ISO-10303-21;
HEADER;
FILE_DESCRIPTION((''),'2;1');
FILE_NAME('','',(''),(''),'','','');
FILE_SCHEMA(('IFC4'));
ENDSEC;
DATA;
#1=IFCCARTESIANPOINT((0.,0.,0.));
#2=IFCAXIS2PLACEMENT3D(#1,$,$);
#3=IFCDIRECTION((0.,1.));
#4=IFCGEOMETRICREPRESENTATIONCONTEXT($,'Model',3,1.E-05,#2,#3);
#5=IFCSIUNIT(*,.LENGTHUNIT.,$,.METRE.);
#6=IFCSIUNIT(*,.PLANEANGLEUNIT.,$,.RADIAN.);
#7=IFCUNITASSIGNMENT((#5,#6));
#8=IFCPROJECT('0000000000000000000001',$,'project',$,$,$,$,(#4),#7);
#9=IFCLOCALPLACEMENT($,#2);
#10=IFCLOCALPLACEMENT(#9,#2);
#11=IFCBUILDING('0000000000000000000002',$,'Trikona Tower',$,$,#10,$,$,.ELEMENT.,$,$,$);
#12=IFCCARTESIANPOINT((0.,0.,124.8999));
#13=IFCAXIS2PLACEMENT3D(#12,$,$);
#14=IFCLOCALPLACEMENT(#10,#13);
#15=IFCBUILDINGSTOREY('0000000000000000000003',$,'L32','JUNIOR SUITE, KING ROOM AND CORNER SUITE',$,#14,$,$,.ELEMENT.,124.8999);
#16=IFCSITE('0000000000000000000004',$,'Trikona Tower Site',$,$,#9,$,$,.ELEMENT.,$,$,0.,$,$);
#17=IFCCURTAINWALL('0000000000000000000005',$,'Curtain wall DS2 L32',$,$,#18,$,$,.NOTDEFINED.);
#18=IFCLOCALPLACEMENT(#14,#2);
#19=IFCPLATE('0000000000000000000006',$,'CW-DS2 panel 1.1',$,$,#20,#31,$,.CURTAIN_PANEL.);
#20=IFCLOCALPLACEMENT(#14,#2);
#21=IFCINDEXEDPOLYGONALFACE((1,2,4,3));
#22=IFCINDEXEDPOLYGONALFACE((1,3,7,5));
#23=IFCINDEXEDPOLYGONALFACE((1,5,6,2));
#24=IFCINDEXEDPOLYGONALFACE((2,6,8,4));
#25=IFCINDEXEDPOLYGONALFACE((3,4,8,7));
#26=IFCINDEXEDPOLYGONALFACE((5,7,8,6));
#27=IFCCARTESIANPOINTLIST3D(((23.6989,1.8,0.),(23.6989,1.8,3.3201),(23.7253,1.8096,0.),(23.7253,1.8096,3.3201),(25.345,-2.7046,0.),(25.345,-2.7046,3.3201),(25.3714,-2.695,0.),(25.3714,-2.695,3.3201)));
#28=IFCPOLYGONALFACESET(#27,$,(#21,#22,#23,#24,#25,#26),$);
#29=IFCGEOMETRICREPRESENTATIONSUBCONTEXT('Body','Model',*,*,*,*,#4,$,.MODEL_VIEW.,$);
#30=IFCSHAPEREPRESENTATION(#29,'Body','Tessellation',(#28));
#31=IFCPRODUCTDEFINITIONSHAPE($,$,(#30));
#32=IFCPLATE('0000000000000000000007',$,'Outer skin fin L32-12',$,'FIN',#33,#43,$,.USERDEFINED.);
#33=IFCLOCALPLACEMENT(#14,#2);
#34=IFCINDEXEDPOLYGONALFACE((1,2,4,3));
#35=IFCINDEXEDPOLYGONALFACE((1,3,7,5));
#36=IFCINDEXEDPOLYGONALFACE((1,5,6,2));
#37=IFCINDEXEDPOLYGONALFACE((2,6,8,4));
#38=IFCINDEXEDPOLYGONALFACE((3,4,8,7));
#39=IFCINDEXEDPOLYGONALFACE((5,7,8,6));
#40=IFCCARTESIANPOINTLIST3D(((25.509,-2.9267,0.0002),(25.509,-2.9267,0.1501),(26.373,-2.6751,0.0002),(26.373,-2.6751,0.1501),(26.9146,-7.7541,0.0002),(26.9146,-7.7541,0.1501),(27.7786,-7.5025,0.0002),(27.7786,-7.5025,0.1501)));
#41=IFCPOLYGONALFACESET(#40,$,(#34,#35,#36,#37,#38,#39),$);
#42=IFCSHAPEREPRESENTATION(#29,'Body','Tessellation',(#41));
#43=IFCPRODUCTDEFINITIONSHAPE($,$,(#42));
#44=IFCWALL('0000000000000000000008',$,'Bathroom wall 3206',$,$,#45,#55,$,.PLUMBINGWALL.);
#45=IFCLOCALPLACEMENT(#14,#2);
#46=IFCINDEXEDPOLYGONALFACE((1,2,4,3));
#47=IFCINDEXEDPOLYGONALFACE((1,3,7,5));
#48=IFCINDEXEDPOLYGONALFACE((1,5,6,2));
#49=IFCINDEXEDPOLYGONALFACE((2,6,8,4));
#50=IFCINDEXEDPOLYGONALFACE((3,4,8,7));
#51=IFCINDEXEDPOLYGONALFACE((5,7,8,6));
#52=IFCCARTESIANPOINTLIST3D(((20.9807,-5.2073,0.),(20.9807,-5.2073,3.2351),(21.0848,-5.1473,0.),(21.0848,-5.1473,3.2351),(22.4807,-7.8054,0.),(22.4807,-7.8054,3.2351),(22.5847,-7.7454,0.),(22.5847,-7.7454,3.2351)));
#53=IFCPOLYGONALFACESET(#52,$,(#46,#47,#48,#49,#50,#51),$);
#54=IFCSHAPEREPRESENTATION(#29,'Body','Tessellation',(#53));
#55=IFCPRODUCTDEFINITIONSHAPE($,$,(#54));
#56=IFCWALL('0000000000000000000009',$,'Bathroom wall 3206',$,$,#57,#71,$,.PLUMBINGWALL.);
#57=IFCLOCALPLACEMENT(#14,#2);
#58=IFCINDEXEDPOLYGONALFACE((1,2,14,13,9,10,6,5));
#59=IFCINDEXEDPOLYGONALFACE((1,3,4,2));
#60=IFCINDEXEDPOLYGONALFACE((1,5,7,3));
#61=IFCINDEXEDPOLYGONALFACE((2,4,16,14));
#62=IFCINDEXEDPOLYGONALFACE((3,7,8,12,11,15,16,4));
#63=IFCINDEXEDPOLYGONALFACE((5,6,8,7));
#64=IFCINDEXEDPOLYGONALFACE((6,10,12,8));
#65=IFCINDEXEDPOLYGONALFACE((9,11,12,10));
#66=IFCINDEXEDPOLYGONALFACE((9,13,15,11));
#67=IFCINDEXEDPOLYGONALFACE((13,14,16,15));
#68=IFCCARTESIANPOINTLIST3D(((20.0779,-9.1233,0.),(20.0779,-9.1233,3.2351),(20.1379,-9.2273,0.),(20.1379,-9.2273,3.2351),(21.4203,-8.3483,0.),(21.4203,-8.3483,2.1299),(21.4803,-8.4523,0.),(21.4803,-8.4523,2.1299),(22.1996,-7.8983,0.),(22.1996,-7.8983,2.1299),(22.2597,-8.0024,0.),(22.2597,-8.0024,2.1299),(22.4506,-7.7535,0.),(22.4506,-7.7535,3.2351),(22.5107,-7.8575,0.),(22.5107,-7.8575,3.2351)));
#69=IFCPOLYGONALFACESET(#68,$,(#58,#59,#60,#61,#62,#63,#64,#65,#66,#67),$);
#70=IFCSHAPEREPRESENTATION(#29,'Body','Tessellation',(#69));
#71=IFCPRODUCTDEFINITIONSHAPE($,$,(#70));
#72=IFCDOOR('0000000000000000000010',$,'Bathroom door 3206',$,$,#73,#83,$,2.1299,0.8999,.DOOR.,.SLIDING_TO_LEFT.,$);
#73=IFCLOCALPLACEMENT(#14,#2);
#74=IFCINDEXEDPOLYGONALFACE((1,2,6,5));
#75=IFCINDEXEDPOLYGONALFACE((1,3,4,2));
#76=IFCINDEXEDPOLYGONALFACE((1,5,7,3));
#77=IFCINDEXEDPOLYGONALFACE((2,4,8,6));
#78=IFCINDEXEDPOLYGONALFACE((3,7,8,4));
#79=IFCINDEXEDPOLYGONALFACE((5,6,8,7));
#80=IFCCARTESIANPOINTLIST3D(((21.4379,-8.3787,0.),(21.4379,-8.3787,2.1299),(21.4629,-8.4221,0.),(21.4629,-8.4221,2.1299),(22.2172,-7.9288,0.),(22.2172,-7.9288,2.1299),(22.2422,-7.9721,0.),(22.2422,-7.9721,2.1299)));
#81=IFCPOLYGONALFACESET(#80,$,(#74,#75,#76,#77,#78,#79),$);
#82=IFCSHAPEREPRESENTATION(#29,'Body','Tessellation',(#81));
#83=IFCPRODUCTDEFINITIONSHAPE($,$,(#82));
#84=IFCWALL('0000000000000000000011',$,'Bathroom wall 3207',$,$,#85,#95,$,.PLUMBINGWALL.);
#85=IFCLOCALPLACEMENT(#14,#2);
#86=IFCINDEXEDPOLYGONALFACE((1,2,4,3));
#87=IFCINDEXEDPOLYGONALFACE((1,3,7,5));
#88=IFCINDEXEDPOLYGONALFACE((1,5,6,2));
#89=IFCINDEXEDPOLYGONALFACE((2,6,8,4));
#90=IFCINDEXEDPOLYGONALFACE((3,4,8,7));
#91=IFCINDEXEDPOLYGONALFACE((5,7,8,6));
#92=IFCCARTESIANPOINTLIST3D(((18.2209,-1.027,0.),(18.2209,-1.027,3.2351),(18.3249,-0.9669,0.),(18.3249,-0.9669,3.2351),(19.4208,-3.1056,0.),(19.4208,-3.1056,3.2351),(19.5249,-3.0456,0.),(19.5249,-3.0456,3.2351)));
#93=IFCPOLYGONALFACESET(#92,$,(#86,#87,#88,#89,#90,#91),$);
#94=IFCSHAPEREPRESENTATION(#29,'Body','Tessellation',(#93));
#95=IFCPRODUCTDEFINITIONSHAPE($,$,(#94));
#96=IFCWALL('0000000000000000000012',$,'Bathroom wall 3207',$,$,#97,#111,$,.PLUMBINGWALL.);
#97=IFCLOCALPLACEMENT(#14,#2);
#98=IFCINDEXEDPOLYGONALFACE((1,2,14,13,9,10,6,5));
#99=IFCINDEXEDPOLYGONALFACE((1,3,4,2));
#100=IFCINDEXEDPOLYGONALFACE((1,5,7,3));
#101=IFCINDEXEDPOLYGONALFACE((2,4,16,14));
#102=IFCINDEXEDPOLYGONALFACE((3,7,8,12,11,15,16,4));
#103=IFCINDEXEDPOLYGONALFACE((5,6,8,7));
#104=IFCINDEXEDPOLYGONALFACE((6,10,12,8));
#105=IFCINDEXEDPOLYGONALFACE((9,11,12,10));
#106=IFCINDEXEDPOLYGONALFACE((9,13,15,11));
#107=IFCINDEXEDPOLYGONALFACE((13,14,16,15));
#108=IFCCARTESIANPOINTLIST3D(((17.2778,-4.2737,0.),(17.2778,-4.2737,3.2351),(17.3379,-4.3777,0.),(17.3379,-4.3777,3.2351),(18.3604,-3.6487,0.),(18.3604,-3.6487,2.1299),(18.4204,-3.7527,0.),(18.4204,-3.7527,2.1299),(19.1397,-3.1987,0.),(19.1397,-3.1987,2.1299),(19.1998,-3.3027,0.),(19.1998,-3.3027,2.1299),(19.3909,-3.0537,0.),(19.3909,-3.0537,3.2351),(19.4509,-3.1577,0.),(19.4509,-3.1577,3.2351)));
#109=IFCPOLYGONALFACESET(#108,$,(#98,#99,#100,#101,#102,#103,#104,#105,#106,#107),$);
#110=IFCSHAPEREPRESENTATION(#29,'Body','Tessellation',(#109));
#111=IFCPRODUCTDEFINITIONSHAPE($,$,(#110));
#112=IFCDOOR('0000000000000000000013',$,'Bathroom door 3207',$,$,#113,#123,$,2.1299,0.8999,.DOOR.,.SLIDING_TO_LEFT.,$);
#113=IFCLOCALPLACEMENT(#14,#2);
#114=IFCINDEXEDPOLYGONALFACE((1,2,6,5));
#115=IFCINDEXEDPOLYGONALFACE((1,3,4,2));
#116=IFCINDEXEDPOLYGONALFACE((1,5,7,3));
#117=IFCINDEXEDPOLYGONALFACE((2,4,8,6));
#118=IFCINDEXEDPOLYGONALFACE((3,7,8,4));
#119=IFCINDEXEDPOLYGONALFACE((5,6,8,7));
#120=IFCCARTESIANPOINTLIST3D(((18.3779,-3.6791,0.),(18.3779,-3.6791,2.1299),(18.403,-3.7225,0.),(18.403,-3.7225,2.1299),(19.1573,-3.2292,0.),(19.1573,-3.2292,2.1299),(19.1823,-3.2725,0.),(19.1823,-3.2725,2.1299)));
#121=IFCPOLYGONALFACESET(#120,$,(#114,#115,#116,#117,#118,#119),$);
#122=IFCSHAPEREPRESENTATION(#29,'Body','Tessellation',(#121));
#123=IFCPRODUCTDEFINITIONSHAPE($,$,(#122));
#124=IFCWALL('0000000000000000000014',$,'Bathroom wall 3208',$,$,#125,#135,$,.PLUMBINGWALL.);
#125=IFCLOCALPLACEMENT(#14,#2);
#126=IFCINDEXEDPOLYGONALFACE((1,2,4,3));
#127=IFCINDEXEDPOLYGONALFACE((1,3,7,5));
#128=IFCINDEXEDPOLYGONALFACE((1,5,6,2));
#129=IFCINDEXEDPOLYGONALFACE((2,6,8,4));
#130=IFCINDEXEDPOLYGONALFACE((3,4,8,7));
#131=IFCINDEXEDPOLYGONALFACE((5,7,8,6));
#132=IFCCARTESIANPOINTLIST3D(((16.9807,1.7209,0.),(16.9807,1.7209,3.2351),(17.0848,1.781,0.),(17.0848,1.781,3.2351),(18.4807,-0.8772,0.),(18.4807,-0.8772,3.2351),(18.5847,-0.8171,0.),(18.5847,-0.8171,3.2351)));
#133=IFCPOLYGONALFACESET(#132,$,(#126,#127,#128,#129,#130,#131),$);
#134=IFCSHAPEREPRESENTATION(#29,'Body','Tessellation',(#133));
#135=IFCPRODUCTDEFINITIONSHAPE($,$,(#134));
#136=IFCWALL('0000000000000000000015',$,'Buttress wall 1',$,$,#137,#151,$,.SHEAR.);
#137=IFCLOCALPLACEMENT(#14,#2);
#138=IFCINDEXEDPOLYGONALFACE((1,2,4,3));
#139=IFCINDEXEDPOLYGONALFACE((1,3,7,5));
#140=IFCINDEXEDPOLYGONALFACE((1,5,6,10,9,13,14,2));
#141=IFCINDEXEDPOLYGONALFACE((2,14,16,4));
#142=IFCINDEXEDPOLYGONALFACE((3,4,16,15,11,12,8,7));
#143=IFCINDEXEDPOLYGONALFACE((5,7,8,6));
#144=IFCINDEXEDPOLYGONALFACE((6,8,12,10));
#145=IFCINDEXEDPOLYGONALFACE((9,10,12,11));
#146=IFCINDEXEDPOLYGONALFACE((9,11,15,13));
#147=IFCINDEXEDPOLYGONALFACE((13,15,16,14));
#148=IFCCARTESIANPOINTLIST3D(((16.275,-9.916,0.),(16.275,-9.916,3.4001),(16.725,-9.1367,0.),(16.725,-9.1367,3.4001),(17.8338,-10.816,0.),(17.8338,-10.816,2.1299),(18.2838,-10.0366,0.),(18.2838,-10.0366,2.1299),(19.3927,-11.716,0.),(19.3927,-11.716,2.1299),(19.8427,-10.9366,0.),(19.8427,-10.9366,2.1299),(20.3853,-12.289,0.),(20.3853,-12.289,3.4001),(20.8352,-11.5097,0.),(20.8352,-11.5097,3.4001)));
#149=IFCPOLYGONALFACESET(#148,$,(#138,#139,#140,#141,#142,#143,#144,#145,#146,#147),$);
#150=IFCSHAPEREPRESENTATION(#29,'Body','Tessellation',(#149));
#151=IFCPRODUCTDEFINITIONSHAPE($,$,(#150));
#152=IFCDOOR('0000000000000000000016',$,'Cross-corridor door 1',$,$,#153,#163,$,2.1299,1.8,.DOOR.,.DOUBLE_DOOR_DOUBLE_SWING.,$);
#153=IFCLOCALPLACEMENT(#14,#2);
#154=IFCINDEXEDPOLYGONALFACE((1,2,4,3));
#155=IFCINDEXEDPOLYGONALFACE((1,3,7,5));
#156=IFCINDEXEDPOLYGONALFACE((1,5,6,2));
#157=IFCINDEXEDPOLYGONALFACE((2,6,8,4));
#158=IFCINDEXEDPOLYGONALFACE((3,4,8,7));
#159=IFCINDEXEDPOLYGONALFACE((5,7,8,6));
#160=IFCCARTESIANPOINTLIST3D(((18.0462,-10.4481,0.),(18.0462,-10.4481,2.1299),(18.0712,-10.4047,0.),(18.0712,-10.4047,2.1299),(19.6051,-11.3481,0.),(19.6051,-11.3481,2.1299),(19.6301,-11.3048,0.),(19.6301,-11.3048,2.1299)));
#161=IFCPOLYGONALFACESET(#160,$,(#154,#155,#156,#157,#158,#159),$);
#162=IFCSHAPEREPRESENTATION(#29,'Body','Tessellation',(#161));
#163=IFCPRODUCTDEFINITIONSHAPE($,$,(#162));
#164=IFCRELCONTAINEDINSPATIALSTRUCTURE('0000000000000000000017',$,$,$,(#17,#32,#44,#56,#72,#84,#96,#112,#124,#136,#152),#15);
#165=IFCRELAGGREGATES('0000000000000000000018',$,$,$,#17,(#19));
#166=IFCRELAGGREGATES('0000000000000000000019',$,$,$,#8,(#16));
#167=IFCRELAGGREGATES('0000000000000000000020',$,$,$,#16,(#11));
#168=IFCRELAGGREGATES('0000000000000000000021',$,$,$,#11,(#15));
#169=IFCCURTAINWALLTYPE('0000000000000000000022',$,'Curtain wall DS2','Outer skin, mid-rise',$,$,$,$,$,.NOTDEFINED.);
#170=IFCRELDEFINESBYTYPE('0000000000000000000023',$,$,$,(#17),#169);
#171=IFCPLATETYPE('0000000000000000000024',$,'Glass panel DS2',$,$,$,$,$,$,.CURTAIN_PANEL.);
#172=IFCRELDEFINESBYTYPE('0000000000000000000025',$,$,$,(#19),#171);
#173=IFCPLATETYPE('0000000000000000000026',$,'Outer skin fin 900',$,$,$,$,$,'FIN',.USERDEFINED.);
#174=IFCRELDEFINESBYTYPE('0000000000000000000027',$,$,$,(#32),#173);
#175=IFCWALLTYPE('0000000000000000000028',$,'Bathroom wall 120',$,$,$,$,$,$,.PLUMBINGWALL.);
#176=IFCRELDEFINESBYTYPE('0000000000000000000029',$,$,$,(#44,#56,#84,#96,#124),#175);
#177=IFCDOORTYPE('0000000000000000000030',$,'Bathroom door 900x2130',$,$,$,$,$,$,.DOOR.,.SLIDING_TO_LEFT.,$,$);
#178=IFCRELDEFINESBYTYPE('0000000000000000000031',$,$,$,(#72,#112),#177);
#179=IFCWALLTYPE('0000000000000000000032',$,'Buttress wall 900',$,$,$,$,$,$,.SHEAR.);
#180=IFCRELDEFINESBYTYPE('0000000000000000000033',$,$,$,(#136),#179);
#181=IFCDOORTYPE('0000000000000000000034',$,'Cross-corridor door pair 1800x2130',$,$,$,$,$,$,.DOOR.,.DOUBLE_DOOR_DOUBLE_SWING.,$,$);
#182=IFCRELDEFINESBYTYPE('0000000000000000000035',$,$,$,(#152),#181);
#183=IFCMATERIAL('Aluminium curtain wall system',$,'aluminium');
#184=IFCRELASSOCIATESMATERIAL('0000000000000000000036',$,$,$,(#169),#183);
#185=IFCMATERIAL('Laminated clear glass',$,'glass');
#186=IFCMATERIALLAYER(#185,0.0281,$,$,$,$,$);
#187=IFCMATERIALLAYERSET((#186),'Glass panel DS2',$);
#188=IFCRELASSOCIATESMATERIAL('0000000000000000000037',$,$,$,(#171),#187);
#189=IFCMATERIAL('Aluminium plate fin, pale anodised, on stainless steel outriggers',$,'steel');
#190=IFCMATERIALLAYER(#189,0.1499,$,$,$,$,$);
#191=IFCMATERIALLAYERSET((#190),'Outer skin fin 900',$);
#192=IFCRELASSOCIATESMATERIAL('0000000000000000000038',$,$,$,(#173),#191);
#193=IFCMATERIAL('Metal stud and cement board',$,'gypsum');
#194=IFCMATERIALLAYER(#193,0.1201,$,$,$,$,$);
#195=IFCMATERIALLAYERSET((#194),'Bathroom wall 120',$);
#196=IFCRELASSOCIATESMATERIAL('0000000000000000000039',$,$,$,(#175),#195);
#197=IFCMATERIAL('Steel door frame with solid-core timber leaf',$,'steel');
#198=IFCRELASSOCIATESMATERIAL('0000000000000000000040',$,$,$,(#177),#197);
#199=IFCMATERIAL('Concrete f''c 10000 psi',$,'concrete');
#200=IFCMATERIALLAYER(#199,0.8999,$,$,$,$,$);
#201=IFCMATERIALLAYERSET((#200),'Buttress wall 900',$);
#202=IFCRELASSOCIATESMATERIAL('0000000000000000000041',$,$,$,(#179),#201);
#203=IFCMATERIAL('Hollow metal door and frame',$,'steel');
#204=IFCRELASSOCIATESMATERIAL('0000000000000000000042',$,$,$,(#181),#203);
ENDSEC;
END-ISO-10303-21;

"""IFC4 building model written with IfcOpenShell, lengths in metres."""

from ifc_helpers import new_model, si_unit, direction, frame, frame_2d, origin, origin_2d, place, context, subcontext, project, spatial, rectangle, extrude, material, layer, layer_set, type_object, element, fill, aggregate, save


model = new_model("IFC4")

# Units and contexts
model_context = context("Model", 3, precision=1e-05, world=origin(), true_north=direction((0.0, 1.0)))
body_context = subcontext(model_context, "Body", "Model", "MODEL_VIEW")
ifc_project = project(units=[si_unit("LENGTHUNIT", "METRE"), si_unit("PLANEANGLEUNIT", "RADIAN")], contexts=[model_context])

# Site, building, storey
site_placement = place(None, origin())
site = spatial("IfcSite", under=ifc_project, at=site_placement, Name="Trikona Tower Site", CompositionType="ELEMENT", RefElevation=0.0)
building_placement = place(site_placement, origin())
building = spatial("IfcBuilding", under=site, at=building_placement, Name="Trikona Tower", CompositionType="ELEMENT")
storey_placement = place(building_placement, frame((0.0, 0.0, 124.8999)))
storey = spatial("IfcBuildingStorey", under=building, at=storey_placement, Name="L32", Description="JUNIOR SUITE, KING ROOM AND CORNER SUITE", CompositionType="ELEMENT", Elevation=124.8999)

# Shared definitions
ifc_material_1 = material(Name="Aluminium curtain wall system", Category="aluminium")
curtain_wall_type = type_object("IfcCurtainWallType", Name="Curtain wall DS2", Description="Outer skin, mid-rise", PredefinedType="NOTDEFINED", material=ifc_material_1)

# Curtain wall
curtain_wall_1_placement = place(storey_placement, origin())
curtain_wall_1 = element("IfcCurtainWall", 1, at=curtain_wall_1_placement, inside=storey, type_object=curtain_wall_type, Name="Curtain wall DS2 L32", PredefinedType="NOTDEFINED")

# Plates
ifc_material_2 = material(Name="Laminated clear glass", Category="glass")
ifc_layer_1 = layer(ifc_material_2, 0.0281)
ifc_layer_set_1 = layer_set([ifc_layer_1], Name="Glass panel DS2")
plate_type_1 = type_object("IfcPlateType", Name="Glass panel DS2", PredefinedType="CURTAIN_PANEL", material=ifc_layer_set_1)
plate_1_placement = place(storey_placement, frame((24.5352, -0.4475, 0.0), z_axis=(0.0, 0.0, 1.0), x_axis=(-0.343223, 0.939254, 0.0)))
plate_1 = element("IfcPlate", 2, at=plate_1_placement, type_object=plate_type_1, Name="CW-DS2 panel 1.1", PredefinedType="CURTAIN_PANEL", context=body_context, shape_type="SweptSolid", body=[
    extrude(rectangle(XDim=4.7959, YDim=0.0281, at=origin_2d()), origin(), (0.0, 0.0, 1.0), 3.3201),
])
aggregate(curtain_wall_1, [plate_1])
ifc_material_3 = material(Name="Aluminium plate fin, pale anodised, on stainless steel outriggers", Category="steel")
ifc_layer_2 = layer(ifc_material_3, 0.1499)
ifc_layer_set_2 = layer_set([ifc_layer_2], Name="Outer skin fin 900")
plate_type_2 = type_object("IfcPlateType", Name="Outer skin fin 900", ElementType="FIN", PredefinedType="USERDEFINED", material=ifc_layer_set_2)
plate_2_placement = place(storey_placement, frame((26.6438, -5.2146, 0.0002), z_axis=(0.0, 0.0, 1.0), x_axis=(-0.279554, 0.96013, 0.0)))
element("IfcPlate", 3, at=plate_2_placement, inside=storey, type_object=plate_type_2, Name="Outer skin fin L32-12", ObjectType="FIN", PredefinedType="USERDEFINED", context=body_context, shape_type="SweptSolid", body=[
    extrude(rectangle(XDim=5.0278, YDim=0.8999, at=origin_2d()), origin(), (0.0, 0.0, 1.0), 0.1499),
])

# Wall
ifc_material_4 = material(Name="Metal stud and cement board", Category="gypsum")
ifc_layer_3 = layer(ifc_material_4, 0.1201)
ifc_layer_set_3 = layer_set([ifc_layer_3], Name="Bathroom wall 120")
wall_type_1 = type_object("IfcWallType", Name="Bathroom wall 120", PredefinedType="PLUMBINGWALL", material=ifc_layer_set_3)
wall_1_placement = place(storey_placement, frame((22.5327, -7.7754, 0.0), z_axis=(0.0, 0.0, 1.0), x_axis=(-0.49999, 0.866031, 0.0)))
element("IfcWall", 4, at=wall_1_placement, inside=storey, type_object=wall_type_1, Name="Bathroom wall 3206", PredefinedType="PLUMBINGWALL", context=body_context, shape_type="SweptSolid", body=[
    extrude(rectangle(XDim=3.0, YDim=0.1201, at=frame_2d((1.5, 0.0))), origin(), (0.0, 0.0, 1.0), 3.2351),
])

# Wall, opening, door
wall_2_placement = place(storey_placement, frame((20.1079, -9.1753, 0.0), z_axis=(0.0, 0.0, 1.0), x_axis=(0.866036, 0.499982, 0.0)))
wall_2 = element("IfcWall", 5, at=wall_2_placement, inside=storey, type_object=wall_type_1, Name="Bathroom wall 3206", PredefinedType="PLUMBINGWALL", context=body_context, shape_type="SweptSolid", body=[
    extrude(rectangle(XDim=2.7397, YDim=0.1201, at=frame_2d((1.3699, 0.0))), origin(), (0.0, 0.0, 1.0), 3.2351),
])
opening_1_placement = place(wall_2_placement, frame((1.55, 0.0, 0.0)))
opening_1 = element("IfcOpeningElement", 6, at=opening_1_placement, cuts=wall_2, PredefinedType="OPENING", context=body_context, shape_type="SweptSolid", body=[
    extrude(rectangle(XDim=0.8999, YDim=2.1299, at=frame_2d((0.45, 1.0649))), frame((0.0, 0.0701, 0.0), z_axis=(0.0, -1.0, 0.0), x_axis=(1.0, 0.0, 0.0)), (0.0, 0.0, 1.0), 0.1401),
])
ifc_material_5 = material(Name="Steel door frame with solid-core timber leaf", Category="steel")
door_type_1 = type_object("IfcDoorType", Name="Bathroom door 900x2130", OperationType="SLIDING_TO_LEFT", PredefinedType="DOOR", material=ifc_material_5)
door_1_placement = place(opening_1_placement, origin())
door_1 = element("IfcDoor", 7, at=door_1_placement, inside=storey, type_object=door_type_1, Name="Bathroom door 3206", OperationType="SLIDING_TO_LEFT", OverallHeight=2.1299, OverallWidth=0.8999, PredefinedType="DOOR", context=body_context, shape_type="SweptSolid", body=[
    extrude(rectangle(XDim=0.8999, YDim=2.1299, at=frame_2d((0.45, 1.0649))), frame((0.0, 0.0249, 0.0), z_axis=(0.0, -1.0, 0.0), x_axis=(1.0, 0.0, 0.0)), (0.0, 0.0, 1.0), 0.05),
])
fill(opening_1, door_1)

# Wall
wall_3_placement = place(storey_placement, frame((19.4729, -3.0757, 0.0), z_axis=(0.0, 0.0, 1.0), x_axis=(-0.499957, 0.86605, 0.0)))
element("IfcWall", 8, at=wall_3_placement, inside=storey, type_object=wall_type_1, Name="Bathroom wall 3207", PredefinedType="PLUMBINGWALL", context=body_context, shape_type="SweptSolid", body=[
    extrude(rectangle(XDim=2.4001, YDim=0.1201, at=frame_2d((1.2002, 0.0))), origin(), (0.0, 0.0, 1.0), 3.2351),
])

# Wall, opening, door
wall_4_placement = place(storey_placement, frame((17.3079, -4.3257, 0.0), z_axis=(0.0, 0.0, 1.0), x_axis=(0.866024, 0.500003, 0.0)))
wall_4 = element("IfcWall", 9, at=wall_4_placement, inside=storey, type_object=wall_type_1, Name="Bathroom wall 3207", PredefinedType="PLUMBINGWALL", context=body_context, shape_type="SweptSolid", body=[
    extrude(rectangle(XDim=2.4399, YDim=0.1201, at=frame_2d((1.22, 0.0))), origin(), (0.0, 0.0, 1.0), 3.2351),
])
opening_2_placement = place(wall_4_placement, frame((1.25, 0.0, 0.0)))
opening_2 = element("IfcOpeningElement", 10, at=opening_2_placement, cuts=wall_4, PredefinedType="OPENING", context=body_context, shape_type="SweptSolid", body=[
    extrude(rectangle(XDim=0.8999, YDim=2.1299, at=frame_2d((0.45, 1.0649))), frame((0.0, 0.0701, 0.0), z_axis=(0.0, -1.0, 0.0), x_axis=(1.0, 0.0, 0.0)), (0.0, 0.0, 1.0), 0.1401),
])
door_2_placement = place(opening_2_placement, origin())
door_2 = element("IfcDoor", 11, at=door_2_placement, inside=storey, type_object=door_type_1, Name="Bathroom door 3207", OperationType="SLIDING_TO_LEFT", OverallHeight=2.1299, OverallWidth=0.8999, PredefinedType="DOOR", context=body_context, shape_type="SweptSolid", body=[
    extrude(rectangle(XDim=0.8999, YDim=2.1299, at=frame_2d((0.45, 1.0649))), frame((0.0, 0.0249, 0.0), z_axis=(0.0, -1.0, 0.0), x_axis=(1.0, 0.0, 0.0)), (0.0, 0.0, 1.0), 0.05),
])
fill(opening_2, door_2)

# Wall
wall_5_placement = place(storey_placement, frame((18.5327, -0.8472, 0.0), z_axis=(0.0, 0.0, 1.0), x_axis=(-0.49999, 0.866031, 0.0)))
element("IfcWall", 12, at=wall_5_placement, inside=storey, type_object=wall_type_1, Name="Bathroom wall 3208", PredefinedType="PLUMBINGWALL", context=body_context, shape_type="SweptSolid", body=[
    extrude(rectangle(XDim=3.0, YDim=0.1201, at=frame_2d((1.5, 0.0))), origin(), (0.0, 0.0, 1.0), 3.2351),
])

# Wall, opening, door
ifc_material_6 = material(Name="Concrete f'c 10000 psi", Category="concrete")
ifc_layer_4 = layer(ifc_material_6, 0.8999)
ifc_layer_set_4 = layer_set([ifc_layer_4], Name="Buttress wall 900")
wall_type_2 = type_object("IfcWallType", Name="Buttress wall 900", PredefinedType="SHEAR", material=ifc_layer_set_4)
wall_6_placement = place(storey_placement, frame((16.5, -9.5264, 0.0), z_axis=(0.0, 0.0, 1.0), x_axis=(0.866031, -0.49999, 0.0)))
wall_6 = element("IfcWall", 13, at=wall_6_placement, inside=storey, type_object=wall_type_2, Name="Buttress wall 1", PredefinedType="SHEAR", context=body_context, shape_type="SweptSolid", body=[
    extrude(rectangle(XDim=4.7461, YDim=0.8999, at=frame_2d((2.373, 0.0))), origin(), (0.0, 0.0, 1.0), 3.4001),
])
opening_3_placement = place(wall_6_placement, frame((1.8, 0.0, 0.0)))
opening_3 = element("IfcOpeningElement", 14, at=opening_3_placement, cuts=wall_6, PredefinedType="OPENING", context=body_context, shape_type="SweptSolid", body=[
    extrude(rectangle(XDim=1.8, YDim=2.1299, at=frame_2d((0.8999, 1.0649))), frame((0.0, 0.46, 0.0), z_axis=(0.0, -1.0, 0.0), x_axis=(1.0, 0.0, 0.0)), (0.0, 0.0, 1.0), 0.9199),
])
ifc_material_7 = material(Name="Hollow metal door and frame", Category="steel")
door_type_2 = type_object("IfcDoorType", Name="Cross-corridor door pair 1800x2130", OperationType="DOUBLE_DOOR_DOUBLE_SWING", PredefinedType="DOOR", material=ifc_material_7)
door_3_placement = place(opening_3_placement, origin())
door_3 = element("IfcDoor", 15, at=door_3_placement, inside=storey, type_object=door_type_2, Name="Cross-corridor door 1", OperationType="DOUBLE_DOOR_DOUBLE_SWING", OverallHeight=2.1299, OverallWidth=1.8, PredefinedType="DOOR", context=body_context, shape_type="SweptSolid", body=[
    extrude(rectangle(XDim=1.8, YDim=2.1299, at=frame_2d((0.8999, 1.0649))), frame((0.0, 0.0249, 0.0), z_axis=(0.0, -1.0, 0.0), x_axis=(1.0, 0.0, 0.0)), (0.0, 0.0, 1.0), 0.05),
])
fill(opening_3, door_3)

save(model, "model.ifc")
